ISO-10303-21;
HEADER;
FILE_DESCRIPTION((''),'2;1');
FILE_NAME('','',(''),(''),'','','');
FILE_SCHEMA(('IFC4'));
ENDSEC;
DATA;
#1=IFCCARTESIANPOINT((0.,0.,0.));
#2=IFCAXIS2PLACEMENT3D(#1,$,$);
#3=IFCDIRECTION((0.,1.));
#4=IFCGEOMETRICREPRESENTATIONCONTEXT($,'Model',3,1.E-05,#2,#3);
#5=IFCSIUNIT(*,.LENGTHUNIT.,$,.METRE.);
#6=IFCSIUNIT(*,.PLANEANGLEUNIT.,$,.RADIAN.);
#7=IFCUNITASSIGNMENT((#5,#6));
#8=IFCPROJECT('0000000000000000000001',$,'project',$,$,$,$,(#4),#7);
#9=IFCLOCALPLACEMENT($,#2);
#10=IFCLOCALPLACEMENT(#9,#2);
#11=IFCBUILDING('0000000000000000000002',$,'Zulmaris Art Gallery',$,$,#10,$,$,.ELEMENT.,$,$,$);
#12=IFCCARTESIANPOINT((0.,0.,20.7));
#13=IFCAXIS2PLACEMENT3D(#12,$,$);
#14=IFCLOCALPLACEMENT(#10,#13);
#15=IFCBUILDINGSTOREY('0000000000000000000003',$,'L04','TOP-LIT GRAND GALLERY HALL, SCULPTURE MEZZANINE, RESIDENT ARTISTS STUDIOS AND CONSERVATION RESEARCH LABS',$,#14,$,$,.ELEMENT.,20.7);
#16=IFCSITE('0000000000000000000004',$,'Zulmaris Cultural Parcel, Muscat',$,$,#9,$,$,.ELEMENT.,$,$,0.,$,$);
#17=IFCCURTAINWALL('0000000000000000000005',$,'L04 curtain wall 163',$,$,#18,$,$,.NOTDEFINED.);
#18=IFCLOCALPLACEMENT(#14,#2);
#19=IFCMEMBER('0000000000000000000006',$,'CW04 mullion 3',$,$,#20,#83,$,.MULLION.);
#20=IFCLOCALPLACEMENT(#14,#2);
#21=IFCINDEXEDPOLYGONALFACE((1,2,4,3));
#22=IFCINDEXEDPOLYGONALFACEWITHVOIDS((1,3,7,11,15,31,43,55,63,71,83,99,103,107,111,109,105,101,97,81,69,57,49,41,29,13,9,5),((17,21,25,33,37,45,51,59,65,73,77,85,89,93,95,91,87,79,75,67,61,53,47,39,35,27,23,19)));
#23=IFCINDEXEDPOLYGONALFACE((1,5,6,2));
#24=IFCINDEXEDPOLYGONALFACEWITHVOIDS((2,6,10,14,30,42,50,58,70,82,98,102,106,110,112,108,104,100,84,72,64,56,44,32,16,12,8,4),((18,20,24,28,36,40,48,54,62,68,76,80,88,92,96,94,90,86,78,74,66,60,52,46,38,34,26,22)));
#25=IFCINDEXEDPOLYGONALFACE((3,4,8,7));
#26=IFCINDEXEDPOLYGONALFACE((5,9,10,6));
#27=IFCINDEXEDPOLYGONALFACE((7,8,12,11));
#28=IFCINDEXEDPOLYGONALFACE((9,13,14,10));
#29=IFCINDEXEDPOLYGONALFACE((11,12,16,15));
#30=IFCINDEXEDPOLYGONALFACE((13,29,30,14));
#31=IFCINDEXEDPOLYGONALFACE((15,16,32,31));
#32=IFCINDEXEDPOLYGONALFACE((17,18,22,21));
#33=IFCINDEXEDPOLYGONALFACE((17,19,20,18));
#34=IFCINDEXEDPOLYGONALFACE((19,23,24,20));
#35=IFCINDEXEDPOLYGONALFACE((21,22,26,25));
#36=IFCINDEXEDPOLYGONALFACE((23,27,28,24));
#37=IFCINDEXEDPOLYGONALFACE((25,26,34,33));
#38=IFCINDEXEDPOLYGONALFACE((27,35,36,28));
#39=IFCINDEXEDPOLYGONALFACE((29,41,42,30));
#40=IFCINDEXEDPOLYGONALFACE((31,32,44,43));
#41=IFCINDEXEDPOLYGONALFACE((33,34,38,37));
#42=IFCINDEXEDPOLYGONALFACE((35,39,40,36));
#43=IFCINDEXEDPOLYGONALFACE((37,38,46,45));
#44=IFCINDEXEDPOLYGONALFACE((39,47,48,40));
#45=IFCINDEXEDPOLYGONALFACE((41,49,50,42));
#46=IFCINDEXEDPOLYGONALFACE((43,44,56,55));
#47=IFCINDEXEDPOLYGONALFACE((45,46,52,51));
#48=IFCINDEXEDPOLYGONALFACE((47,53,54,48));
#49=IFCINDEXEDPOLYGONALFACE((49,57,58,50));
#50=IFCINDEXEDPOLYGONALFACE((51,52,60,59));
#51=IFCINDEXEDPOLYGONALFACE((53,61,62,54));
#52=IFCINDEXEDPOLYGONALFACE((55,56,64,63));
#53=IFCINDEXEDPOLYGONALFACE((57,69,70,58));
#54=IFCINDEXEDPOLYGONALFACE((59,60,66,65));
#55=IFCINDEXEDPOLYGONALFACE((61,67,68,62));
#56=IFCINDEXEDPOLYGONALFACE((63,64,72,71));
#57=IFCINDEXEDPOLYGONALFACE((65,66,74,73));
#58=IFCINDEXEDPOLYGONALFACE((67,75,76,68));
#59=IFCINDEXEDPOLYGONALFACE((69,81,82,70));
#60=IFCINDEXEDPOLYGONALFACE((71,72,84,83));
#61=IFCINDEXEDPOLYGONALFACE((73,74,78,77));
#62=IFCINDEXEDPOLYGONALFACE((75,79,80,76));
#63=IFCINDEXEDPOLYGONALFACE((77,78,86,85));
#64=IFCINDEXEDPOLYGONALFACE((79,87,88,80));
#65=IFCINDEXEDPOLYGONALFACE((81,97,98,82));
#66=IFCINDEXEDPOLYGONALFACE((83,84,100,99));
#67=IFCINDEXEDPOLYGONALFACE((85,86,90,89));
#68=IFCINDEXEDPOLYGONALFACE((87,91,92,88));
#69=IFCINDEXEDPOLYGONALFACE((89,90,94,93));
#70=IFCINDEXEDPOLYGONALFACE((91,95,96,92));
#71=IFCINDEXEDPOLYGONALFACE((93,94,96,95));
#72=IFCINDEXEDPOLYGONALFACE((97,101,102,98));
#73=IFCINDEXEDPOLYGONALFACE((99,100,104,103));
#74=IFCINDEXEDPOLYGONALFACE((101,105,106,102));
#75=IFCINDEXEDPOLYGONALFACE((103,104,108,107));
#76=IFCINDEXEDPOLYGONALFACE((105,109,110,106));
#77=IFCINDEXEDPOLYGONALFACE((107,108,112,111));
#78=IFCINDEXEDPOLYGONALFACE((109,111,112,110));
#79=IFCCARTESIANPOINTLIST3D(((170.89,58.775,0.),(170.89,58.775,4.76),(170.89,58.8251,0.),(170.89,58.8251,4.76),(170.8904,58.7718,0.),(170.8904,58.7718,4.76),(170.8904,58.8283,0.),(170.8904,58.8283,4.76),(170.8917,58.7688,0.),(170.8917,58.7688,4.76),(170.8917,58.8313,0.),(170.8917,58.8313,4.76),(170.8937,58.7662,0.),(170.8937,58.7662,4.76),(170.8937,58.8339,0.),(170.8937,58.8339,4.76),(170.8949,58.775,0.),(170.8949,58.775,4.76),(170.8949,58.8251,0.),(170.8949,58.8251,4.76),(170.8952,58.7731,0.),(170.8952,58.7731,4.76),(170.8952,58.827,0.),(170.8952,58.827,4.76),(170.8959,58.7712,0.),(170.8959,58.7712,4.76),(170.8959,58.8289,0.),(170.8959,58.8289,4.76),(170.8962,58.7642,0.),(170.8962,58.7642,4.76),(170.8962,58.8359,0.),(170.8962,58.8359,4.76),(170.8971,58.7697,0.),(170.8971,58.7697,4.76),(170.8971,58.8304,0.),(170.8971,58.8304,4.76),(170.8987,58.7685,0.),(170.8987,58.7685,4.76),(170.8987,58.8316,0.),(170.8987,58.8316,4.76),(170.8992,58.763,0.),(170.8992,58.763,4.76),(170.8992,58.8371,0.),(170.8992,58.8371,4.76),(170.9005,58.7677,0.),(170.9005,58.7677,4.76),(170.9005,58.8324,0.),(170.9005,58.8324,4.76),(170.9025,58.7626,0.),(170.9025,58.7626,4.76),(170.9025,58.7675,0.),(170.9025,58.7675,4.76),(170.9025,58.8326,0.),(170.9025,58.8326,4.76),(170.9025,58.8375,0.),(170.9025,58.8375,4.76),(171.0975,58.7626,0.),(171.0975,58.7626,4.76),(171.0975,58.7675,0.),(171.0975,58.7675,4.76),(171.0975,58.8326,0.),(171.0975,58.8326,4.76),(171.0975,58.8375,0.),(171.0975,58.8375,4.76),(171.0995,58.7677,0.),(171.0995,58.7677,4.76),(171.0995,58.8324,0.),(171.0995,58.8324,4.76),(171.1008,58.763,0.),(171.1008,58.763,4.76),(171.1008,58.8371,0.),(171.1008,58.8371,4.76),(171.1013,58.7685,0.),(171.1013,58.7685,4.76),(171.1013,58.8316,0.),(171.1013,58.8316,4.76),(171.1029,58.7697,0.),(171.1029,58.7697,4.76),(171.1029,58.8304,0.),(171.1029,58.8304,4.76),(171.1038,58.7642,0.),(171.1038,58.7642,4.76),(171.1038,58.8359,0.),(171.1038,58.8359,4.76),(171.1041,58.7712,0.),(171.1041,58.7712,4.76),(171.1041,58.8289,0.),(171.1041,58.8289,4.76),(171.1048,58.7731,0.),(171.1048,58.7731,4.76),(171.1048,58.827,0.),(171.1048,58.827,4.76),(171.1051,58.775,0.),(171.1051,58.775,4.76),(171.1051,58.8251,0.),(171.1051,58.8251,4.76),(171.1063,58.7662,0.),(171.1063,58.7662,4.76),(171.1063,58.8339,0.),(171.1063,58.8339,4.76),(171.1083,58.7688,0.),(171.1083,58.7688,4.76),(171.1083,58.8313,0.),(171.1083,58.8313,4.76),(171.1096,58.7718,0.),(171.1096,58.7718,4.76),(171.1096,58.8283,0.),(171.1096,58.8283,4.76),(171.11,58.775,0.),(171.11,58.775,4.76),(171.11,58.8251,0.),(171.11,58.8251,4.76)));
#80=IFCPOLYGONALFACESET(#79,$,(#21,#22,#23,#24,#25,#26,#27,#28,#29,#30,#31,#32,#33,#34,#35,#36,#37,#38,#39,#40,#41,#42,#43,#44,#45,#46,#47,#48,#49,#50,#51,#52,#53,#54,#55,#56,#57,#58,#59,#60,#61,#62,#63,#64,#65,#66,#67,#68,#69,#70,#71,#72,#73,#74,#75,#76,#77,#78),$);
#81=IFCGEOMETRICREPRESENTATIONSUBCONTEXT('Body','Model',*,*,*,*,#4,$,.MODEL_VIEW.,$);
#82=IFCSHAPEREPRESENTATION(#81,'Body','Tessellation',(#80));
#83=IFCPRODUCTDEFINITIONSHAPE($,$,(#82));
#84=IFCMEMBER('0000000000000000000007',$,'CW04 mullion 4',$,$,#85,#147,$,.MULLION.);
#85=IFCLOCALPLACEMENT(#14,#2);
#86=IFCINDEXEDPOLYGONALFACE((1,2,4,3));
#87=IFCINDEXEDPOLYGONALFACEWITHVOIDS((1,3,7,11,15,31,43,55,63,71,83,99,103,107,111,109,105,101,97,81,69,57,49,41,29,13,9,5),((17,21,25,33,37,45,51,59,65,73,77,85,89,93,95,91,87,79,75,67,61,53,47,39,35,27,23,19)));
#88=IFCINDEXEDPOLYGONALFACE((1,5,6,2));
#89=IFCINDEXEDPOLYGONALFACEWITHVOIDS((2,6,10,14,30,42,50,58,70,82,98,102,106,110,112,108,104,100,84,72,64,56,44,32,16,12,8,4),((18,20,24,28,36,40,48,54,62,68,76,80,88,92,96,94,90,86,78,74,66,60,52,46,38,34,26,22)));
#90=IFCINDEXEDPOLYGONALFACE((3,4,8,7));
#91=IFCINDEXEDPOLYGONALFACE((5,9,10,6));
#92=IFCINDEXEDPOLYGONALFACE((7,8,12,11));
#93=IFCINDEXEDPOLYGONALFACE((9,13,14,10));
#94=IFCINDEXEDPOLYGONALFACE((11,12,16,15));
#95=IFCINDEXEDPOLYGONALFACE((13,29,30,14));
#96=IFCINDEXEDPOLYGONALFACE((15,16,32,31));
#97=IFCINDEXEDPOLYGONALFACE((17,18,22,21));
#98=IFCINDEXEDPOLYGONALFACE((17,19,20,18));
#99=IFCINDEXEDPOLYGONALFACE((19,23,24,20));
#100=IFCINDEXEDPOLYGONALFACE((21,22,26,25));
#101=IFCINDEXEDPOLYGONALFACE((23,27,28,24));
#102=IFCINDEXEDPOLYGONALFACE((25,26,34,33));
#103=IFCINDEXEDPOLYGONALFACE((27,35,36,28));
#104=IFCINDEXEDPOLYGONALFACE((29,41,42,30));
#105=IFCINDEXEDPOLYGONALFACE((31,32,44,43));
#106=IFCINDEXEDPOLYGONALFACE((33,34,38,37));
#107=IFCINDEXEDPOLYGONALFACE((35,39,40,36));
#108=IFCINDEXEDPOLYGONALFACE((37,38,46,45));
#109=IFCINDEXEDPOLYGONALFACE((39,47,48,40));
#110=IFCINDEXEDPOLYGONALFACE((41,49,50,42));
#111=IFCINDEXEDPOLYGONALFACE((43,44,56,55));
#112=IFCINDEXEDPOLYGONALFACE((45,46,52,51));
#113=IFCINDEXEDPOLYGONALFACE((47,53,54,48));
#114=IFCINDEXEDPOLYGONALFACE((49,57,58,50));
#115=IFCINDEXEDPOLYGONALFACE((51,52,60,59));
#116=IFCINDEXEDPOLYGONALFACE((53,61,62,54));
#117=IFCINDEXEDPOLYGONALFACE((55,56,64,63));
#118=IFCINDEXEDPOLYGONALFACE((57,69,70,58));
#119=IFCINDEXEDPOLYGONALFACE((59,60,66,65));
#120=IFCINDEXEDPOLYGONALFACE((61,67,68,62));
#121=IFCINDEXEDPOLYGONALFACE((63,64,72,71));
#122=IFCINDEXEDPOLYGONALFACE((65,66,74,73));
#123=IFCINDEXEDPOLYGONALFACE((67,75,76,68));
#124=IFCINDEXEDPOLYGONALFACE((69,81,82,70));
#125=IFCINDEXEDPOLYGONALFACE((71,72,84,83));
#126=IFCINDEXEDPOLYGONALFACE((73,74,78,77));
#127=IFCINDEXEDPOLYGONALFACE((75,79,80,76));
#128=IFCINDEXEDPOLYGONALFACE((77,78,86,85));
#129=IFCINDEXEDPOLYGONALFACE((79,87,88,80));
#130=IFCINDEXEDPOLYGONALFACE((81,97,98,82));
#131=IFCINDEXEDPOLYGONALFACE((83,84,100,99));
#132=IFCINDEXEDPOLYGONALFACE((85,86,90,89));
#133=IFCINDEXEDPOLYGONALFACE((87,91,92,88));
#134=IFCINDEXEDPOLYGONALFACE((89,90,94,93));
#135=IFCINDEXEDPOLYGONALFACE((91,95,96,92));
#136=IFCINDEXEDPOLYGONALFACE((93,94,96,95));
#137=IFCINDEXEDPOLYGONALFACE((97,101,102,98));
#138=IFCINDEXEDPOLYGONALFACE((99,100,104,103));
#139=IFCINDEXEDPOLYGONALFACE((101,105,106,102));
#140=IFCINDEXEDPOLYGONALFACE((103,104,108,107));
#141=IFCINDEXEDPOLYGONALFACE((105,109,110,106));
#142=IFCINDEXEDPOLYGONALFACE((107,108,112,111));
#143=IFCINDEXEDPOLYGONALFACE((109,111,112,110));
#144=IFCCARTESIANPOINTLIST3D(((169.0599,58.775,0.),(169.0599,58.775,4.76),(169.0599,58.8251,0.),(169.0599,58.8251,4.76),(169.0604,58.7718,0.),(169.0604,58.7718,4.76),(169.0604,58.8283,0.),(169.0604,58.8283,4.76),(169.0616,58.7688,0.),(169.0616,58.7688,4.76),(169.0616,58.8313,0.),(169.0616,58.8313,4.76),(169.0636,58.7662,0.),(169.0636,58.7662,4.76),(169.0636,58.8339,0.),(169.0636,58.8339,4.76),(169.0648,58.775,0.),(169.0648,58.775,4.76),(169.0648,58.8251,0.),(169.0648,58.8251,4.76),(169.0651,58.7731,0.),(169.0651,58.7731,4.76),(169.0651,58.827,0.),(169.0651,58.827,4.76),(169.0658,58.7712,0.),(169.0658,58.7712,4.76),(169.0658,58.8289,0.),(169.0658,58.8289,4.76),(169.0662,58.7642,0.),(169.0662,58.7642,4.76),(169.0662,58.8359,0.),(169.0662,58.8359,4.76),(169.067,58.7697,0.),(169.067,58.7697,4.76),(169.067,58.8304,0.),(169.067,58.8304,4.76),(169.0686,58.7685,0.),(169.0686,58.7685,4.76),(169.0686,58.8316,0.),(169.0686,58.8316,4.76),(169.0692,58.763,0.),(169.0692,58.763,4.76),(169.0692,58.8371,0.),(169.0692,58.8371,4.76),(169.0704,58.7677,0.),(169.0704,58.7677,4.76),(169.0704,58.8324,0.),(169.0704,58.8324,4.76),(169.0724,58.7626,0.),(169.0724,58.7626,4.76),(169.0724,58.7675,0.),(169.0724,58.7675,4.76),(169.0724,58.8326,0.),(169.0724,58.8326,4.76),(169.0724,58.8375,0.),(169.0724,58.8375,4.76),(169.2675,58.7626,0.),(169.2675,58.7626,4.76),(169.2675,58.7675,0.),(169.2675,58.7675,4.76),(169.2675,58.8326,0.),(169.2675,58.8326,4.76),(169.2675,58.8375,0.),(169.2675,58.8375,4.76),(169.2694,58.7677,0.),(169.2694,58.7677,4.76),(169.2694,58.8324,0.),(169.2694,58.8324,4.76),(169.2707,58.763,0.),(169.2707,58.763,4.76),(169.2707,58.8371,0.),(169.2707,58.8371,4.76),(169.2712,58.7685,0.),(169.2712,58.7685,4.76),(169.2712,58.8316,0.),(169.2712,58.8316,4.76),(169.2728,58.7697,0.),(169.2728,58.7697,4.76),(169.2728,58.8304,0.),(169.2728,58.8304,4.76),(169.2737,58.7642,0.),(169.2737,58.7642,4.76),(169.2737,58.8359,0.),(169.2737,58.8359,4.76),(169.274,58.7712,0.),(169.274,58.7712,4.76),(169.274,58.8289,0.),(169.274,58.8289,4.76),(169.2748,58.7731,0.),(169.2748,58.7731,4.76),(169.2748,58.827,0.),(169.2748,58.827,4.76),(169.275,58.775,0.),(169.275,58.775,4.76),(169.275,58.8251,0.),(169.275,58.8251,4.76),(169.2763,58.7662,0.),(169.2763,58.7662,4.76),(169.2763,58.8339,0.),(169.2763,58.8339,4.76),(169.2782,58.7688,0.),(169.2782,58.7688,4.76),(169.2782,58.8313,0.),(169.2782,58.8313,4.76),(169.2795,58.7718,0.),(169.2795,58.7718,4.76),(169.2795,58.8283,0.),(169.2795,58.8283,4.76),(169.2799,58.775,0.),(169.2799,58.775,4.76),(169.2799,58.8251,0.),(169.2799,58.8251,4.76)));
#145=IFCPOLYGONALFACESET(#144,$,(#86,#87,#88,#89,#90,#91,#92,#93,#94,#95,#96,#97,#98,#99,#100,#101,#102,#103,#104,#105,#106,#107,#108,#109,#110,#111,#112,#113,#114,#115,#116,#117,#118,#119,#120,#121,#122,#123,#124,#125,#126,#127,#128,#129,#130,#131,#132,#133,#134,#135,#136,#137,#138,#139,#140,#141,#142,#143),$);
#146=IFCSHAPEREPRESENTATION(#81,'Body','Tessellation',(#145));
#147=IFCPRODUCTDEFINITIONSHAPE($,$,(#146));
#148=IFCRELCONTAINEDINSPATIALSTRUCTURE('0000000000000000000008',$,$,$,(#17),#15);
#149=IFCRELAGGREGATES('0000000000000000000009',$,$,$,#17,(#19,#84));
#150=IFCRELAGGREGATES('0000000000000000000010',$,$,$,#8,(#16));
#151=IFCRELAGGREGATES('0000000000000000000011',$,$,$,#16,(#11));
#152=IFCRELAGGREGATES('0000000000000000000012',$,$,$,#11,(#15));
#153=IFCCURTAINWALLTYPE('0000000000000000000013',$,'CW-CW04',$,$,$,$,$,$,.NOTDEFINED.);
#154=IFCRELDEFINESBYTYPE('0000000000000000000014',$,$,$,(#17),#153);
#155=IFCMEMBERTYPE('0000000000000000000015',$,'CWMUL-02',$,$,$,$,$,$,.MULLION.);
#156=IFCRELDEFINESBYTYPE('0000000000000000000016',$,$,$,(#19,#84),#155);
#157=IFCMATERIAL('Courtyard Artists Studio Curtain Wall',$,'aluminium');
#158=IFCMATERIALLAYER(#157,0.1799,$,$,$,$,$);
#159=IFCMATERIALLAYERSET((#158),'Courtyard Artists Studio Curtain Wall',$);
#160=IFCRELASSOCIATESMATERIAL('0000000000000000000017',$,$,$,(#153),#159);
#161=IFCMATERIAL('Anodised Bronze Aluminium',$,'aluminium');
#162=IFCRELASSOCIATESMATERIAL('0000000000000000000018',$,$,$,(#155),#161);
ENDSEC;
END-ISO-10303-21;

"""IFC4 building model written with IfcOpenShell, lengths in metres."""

from ifc_helpers import new_model, si_unit, direction, frame, origin, origin_2d, place, context, subcontext, project, spatial, hollow_rectangle, extrude, material, layer, layer_set, material_profile, profile_set, type_object, element, aggregate, save


model = new_model("IFC4")

# Units and contexts
model_context = context("Model", 3, precision=1e-05, world=origin(), true_north=direction((0.0, 1.0)))
body_context = subcontext(model_context, "Body", "Model", "MODEL_VIEW")
ifc_project = project(units=[si_unit("LENGTHUNIT", "METRE"), si_unit("PLANEANGLEUNIT", "RADIAN")], contexts=[model_context])

# Site, building, storey
site_placement = place(None, origin())
site = spatial("IfcSite", under=ifc_project, at=site_placement, Name="Zulmaris Cultural Parcel, Muscat", CompositionType="ELEMENT", RefElevation=0.0)
building_placement = place(site_placement, origin())
building = spatial("IfcBuilding", under=site, at=building_placement, Name="Zulmaris Art Gallery", CompositionType="ELEMENT")
storey_placement = place(building_placement, frame((0.0, 0.0, 20.7)))
storey = spatial("IfcBuildingStorey", under=building, at=storey_placement, Name="L04", Description="TOP-LIT GRAND GALLERY HALL, SCULPTURE MEZZANINE, RESIDENT ARTISTS STUDIOS AND CONSERVATION RESEARCH LABS", CompositionType="ELEMENT", Elevation=20.7)

# Shared definitions
ifc_material_1 = material(Name="Courtyard Artists Studio Curtain Wall", Category="aluminium")
ifc_layer_1 = layer(ifc_material_1, 0.1799)
ifc_layer_set_1 = layer_set([ifc_layer_1], Name="Courtyard Artists Studio Curtain Wall")
curtain_wall_type = type_object("IfcCurtainWallType", Name="CW-CW04", PredefinedType="NOTDEFINED", material=ifc_layer_set_1)
ifc_material_2 = material(Name="Anodised Bronze Aluminium", Category="aluminium")
ifc_material_profile_1 = material_profile(ifc_material_2, hollow_rectangle(XDim=0.075, YDim=0.22, WallThickness=0.0049, InnerFilletRadius=0.0076, OuterFilletRadius=0.0125, at=origin_2d()), Name="ALU 75x220x5")
ifc_profile_set_1 = profile_set([ifc_material_profile_1], Name="Anodised Bronze Aluminium")
member_type_1 = type_object("IfcMemberType", Name="CWMUL-02", PredefinedType="MULLION", material=ifc_profile_set_1)

# Curtain wall, members
curtain_wall_1_placement = place(storey_placement, origin())
curtain_wall_1 = element("IfcCurtainWall", 1, at=curtain_wall_1_placement, inside=storey, type_object=curtain_wall_type, Name="L04 curtain wall 163", PredefinedType="NOTDEFINED")
member_1_placement = place(storey_placement, frame((171.0, 58.8, 0.0), z_axis=(0.0, 0.0, 1.0), x_axis=(0.0, -1.0, 0.0)))
member_1 = element("IfcMember", 2, at=member_1_placement, type_object=member_type_1, Name="CW04 mullion 3", PredefinedType="MULLION", context=body_context, shape_type="SweptSolid", body=[
    extrude(hollow_rectangle(XDim=0.075, YDim=0.22, WallThickness=0.0049, InnerFilletRadius=0.0076, OuterFilletRadius=0.0125, at=origin_2d()), origin(), (0.0, 0.0, 1.0), 4.76),
])
member_2_placement = place(storey_placement, frame((169.1699, 58.8, 0.0), z_axis=(0.0, 0.0, 1.0), x_axis=(0.0, -1.0, 0.0)))
member_2 = element("IfcMember", 3, at=member_2_placement, type_object=member_type_1, Name="CW04 mullion 4", PredefinedType="MULLION", context=body_context, shape_type="SweptSolid", body=[
    extrude(hollow_rectangle(XDim=0.075, YDim=0.22, WallThickness=0.0049, InnerFilletRadius=0.0076, OuterFilletRadius=0.0125, at=origin_2d()), origin(), (0.0, 0.0, 1.0), 4.76),
])

aggregate(curtain_wall_1, [member_1, member_2])

save(model, "model.ifc")
